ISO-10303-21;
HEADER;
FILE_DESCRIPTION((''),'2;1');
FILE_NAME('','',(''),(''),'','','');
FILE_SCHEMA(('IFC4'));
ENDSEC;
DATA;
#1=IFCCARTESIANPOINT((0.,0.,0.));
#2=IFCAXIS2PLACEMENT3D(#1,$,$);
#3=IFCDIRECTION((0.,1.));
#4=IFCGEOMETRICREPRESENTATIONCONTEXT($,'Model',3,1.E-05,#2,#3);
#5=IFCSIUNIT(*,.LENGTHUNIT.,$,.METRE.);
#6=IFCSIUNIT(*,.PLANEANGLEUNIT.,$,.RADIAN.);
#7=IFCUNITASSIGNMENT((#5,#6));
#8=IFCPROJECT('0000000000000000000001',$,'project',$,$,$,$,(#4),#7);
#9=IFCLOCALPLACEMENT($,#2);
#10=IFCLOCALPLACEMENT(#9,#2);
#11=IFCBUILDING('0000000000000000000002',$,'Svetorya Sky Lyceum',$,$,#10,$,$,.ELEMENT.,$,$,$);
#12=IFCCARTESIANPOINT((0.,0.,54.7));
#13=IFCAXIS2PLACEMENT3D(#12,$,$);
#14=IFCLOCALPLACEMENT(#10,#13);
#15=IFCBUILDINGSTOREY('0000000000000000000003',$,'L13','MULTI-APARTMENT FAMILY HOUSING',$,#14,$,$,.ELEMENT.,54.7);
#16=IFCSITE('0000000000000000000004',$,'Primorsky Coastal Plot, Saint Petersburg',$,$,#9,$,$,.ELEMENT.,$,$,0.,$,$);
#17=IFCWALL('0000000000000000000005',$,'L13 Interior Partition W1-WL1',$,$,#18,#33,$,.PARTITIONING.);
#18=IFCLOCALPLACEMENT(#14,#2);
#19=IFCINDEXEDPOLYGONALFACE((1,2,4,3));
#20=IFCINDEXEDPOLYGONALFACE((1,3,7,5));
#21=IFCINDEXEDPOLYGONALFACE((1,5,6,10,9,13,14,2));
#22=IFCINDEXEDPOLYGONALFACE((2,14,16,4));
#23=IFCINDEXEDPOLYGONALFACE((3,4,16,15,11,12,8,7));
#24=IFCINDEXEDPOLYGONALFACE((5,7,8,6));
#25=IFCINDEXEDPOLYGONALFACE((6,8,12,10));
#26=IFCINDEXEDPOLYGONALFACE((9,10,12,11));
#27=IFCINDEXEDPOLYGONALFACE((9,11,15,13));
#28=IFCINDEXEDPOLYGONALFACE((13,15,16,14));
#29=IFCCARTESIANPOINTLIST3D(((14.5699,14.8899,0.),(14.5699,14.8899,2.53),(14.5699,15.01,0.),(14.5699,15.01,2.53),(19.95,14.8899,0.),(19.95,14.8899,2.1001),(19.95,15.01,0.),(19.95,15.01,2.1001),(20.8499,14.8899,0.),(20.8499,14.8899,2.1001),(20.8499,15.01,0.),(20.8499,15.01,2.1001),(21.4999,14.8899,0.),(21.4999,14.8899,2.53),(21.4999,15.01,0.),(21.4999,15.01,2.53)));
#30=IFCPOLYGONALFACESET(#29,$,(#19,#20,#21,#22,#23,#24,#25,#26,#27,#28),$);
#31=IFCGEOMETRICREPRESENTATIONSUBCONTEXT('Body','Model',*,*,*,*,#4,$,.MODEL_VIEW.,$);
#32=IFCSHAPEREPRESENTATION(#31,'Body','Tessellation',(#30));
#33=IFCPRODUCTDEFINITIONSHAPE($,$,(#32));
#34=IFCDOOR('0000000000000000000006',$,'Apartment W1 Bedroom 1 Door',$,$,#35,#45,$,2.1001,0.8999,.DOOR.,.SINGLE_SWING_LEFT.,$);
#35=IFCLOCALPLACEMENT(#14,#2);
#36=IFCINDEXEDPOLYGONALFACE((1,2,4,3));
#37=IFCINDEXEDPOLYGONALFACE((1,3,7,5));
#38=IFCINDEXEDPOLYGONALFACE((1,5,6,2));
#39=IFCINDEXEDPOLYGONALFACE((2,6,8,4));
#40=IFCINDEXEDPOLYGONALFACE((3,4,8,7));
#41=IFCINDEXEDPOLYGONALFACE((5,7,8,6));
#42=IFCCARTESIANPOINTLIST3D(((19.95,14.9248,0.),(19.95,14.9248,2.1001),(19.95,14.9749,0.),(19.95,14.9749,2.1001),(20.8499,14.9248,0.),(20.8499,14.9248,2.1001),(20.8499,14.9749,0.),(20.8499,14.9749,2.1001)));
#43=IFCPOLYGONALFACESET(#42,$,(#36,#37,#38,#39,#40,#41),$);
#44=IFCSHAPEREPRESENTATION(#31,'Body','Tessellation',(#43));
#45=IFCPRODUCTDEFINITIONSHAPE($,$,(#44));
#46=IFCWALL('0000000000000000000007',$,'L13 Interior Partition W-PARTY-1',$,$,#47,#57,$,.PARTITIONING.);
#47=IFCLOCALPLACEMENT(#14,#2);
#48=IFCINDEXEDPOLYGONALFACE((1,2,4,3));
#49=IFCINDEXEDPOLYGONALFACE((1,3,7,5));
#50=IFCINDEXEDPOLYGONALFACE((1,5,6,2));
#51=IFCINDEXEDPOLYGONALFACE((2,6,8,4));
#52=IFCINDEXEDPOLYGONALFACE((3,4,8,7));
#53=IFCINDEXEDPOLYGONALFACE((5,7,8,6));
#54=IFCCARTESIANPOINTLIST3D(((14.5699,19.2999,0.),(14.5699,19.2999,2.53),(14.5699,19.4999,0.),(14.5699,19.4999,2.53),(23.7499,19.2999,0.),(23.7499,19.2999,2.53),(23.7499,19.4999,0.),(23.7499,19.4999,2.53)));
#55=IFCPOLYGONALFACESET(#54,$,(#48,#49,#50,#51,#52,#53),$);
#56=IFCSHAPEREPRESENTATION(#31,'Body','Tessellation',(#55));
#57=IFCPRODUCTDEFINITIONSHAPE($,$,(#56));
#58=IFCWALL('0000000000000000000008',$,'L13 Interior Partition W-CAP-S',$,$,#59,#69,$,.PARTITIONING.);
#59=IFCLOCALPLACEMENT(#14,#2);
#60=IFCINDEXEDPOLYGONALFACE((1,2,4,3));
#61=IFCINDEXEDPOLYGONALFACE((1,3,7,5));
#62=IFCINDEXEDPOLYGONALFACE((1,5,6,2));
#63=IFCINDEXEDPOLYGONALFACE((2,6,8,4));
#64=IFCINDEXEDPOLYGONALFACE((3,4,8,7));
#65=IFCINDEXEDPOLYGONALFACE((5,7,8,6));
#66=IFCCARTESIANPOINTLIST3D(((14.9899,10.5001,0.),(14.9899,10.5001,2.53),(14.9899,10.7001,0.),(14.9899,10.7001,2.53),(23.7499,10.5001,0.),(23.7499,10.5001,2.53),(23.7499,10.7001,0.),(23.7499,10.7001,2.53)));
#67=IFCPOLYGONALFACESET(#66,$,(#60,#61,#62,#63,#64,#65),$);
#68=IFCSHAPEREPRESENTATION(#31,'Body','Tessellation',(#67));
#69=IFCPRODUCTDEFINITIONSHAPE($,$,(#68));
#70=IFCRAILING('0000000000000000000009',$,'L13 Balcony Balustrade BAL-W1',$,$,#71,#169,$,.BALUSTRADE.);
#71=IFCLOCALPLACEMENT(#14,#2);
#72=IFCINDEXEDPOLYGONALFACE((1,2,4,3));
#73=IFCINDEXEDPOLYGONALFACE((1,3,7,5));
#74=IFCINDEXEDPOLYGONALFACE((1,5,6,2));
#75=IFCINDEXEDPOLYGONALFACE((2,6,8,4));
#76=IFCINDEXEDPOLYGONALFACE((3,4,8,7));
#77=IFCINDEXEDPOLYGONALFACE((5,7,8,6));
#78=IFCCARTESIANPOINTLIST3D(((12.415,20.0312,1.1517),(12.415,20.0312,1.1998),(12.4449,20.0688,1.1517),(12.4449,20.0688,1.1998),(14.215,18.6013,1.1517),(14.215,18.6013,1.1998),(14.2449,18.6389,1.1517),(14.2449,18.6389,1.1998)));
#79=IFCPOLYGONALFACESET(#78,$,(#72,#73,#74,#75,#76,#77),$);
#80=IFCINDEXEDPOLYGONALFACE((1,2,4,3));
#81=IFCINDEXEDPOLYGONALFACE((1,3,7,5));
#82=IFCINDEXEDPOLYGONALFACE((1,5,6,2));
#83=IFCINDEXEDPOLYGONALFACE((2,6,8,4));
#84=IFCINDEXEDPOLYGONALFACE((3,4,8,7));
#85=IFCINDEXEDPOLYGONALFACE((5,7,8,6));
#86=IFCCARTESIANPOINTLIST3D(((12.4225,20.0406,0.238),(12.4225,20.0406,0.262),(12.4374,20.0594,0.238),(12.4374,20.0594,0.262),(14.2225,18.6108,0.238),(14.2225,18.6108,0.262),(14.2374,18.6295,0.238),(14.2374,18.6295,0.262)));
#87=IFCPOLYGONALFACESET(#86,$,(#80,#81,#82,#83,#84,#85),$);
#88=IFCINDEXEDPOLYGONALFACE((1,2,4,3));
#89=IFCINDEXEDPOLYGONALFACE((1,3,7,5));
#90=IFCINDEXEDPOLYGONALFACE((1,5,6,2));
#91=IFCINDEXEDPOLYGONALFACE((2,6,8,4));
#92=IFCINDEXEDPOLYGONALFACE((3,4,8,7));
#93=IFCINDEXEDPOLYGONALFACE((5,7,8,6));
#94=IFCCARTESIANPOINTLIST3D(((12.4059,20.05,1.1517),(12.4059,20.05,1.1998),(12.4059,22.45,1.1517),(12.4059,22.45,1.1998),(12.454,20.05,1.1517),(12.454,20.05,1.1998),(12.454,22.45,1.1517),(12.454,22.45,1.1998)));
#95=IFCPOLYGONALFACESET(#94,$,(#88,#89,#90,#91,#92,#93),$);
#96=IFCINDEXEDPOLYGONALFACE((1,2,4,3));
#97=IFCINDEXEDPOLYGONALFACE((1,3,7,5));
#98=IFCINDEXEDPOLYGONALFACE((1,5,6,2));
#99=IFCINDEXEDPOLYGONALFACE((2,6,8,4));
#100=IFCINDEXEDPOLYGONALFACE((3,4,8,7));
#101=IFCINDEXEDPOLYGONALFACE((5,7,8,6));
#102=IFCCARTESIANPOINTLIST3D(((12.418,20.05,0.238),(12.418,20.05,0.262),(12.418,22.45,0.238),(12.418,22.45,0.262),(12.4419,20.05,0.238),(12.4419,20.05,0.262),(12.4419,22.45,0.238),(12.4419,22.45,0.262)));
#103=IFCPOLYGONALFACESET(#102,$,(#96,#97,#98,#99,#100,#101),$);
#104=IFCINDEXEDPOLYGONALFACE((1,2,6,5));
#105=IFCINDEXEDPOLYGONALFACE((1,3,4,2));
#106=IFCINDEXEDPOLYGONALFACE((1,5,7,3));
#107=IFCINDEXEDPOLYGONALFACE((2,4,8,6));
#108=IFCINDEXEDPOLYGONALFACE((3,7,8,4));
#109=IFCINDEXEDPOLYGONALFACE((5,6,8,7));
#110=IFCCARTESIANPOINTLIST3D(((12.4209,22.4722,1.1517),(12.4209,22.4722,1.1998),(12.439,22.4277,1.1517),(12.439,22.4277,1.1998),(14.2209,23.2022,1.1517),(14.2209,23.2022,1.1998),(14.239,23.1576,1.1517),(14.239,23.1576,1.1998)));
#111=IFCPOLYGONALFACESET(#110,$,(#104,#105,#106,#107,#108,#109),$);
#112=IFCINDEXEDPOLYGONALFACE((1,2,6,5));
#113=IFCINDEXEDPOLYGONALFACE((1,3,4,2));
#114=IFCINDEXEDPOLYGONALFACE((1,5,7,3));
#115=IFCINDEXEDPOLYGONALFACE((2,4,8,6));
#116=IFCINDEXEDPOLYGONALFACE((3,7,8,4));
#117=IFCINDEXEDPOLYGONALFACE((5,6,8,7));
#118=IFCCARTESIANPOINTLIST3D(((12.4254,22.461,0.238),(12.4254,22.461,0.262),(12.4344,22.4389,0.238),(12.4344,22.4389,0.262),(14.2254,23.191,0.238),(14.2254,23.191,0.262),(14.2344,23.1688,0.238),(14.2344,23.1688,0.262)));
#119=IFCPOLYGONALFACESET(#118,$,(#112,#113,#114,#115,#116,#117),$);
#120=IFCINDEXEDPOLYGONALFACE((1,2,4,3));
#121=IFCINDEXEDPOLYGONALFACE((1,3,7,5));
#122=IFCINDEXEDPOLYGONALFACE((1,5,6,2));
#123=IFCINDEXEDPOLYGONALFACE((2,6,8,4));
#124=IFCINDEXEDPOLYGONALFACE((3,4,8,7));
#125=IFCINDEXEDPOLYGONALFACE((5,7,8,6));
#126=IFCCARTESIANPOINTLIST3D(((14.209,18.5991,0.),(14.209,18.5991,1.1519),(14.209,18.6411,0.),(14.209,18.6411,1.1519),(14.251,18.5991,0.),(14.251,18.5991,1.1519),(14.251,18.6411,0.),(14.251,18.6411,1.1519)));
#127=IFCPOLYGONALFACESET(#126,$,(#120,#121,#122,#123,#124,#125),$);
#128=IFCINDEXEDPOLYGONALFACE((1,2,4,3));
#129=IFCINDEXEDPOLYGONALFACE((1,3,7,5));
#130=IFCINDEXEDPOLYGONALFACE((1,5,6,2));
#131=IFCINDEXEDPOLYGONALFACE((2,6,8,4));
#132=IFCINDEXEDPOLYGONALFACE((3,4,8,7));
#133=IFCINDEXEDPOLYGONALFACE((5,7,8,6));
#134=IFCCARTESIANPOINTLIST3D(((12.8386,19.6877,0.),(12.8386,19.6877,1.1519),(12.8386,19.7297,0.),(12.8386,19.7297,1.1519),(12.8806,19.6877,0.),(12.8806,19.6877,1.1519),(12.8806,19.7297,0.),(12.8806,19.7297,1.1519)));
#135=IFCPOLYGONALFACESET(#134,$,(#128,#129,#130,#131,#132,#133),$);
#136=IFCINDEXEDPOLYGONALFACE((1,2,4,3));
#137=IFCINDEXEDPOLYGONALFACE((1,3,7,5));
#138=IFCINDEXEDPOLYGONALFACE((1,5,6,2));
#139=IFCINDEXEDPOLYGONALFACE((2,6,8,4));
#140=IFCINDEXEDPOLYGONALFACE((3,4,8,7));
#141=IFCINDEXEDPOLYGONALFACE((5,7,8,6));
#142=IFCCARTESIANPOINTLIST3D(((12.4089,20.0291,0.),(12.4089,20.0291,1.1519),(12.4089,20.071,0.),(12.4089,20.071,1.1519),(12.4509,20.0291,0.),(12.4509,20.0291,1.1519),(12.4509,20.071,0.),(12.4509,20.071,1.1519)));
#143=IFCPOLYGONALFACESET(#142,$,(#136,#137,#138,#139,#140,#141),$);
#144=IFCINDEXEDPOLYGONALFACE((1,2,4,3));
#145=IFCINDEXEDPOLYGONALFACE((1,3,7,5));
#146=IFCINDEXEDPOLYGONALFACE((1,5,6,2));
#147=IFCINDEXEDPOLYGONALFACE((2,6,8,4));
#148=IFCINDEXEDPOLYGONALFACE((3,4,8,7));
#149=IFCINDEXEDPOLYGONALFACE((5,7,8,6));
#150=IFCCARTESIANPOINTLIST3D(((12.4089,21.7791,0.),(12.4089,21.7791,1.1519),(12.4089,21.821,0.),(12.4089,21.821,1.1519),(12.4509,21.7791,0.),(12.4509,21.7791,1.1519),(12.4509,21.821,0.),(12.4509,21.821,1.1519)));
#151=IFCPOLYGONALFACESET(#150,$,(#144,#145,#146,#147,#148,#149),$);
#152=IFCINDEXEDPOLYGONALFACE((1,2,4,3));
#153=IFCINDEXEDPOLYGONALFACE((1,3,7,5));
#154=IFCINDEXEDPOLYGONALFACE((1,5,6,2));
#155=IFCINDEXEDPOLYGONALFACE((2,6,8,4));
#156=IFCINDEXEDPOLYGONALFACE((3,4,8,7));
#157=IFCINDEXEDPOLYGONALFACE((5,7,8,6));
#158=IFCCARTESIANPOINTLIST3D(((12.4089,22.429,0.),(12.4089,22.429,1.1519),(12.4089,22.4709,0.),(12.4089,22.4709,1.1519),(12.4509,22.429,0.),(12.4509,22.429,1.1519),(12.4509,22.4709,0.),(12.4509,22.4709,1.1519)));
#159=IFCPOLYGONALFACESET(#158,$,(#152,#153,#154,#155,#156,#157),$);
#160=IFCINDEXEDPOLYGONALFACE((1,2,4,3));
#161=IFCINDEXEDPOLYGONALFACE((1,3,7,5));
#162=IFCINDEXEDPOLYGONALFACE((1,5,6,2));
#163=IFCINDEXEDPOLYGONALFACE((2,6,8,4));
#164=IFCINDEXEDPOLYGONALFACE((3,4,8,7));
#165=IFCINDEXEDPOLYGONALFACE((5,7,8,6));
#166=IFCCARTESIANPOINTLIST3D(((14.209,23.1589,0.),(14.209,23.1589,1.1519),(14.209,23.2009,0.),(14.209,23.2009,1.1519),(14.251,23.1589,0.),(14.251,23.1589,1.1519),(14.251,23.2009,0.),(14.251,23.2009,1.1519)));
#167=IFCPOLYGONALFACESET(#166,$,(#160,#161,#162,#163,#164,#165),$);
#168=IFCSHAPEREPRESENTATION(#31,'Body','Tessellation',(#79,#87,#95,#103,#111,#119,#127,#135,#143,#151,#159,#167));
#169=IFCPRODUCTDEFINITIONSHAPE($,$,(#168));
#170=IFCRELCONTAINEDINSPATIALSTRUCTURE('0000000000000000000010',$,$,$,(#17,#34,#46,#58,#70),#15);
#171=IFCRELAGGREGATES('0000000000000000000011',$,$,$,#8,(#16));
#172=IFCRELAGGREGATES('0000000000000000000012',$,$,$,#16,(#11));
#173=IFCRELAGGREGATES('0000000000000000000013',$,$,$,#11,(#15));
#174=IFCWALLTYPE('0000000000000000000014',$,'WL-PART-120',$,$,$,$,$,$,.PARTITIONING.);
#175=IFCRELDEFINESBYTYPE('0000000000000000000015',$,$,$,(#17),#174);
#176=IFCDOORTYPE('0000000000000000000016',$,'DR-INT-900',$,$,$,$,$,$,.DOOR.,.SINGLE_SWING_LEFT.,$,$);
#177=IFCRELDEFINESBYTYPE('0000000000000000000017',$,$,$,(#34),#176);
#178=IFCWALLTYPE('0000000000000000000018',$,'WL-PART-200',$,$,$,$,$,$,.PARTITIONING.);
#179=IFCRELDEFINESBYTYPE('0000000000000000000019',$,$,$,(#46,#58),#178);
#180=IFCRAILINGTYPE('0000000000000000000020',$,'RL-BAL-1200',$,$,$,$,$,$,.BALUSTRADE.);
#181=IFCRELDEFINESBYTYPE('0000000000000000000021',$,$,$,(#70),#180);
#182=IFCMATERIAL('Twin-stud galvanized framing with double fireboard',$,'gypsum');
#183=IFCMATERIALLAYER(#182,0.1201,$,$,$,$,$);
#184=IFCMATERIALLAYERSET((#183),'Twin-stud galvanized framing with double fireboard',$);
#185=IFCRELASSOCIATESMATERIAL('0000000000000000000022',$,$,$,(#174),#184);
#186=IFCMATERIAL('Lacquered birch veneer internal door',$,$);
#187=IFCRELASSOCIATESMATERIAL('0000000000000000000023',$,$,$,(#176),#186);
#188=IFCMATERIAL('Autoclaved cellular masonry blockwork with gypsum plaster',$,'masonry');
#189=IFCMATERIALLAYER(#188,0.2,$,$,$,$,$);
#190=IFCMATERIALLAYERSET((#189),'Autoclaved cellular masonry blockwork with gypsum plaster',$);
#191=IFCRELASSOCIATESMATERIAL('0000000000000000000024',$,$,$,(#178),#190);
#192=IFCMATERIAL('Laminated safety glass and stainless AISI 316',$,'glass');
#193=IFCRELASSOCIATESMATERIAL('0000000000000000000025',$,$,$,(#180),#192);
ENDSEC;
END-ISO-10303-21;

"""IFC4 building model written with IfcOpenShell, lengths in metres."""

from ifc_helpers import new_model, si_unit, direction, frame, frame_2d, origin, origin_2d, place, context, subcontext, project, spatial, rectangle, extrude, material, layer, layer_set, type_object, element, fill, save


model = new_model("IFC4")

# Units and contexts
model_context = context("Model", 3, precision=1e-05, world=origin(), true_north=direction((0.0, 1.0)))
body_context = subcontext(model_context, "Body", "Model", "MODEL_VIEW")
ifc_project = project(units=[si_unit("LENGTHUNIT", "METRE"), si_unit("PLANEANGLEUNIT", "RADIAN")], contexts=[model_context])

# Site, building, storey
site_placement = place(None, origin())
site = spatial("IfcSite", under=ifc_project, at=site_placement, Name="Primorsky Coastal Plot, Saint Petersburg", CompositionType="ELEMENT", RefElevation=0.0)
building_placement = place(site_placement, origin())
building = spatial("IfcBuilding", under=site, at=building_placement, Name="Svetorya Sky Lyceum", CompositionType="ELEMENT")
storey_placement = place(building_placement, frame((0.0, 0.0, 54.7)))
storey = spatial("IfcBuildingStorey", under=building, at=storey_placement, Name="L13", Description="MULTI-APARTMENT FAMILY HOUSING", CompositionType="ELEMENT", Elevation=54.7)

# Wall, opening, door
ifc_material_1 = material(Name="Twin-stud galvanized framing with double fireboard", Category="gypsum")
ifc_layer_1 = layer(ifc_material_1, 0.1201)
ifc_layer_set_1 = layer_set([ifc_layer_1], Name="Twin-stud galvanized framing with double fireboard")
wall_type_1 = type_object("IfcWallType", Name="WL-PART-120", PredefinedType="PARTITIONING", material=ifc_layer_set_1)
wall_1_placement = place(storey_placement, frame((14.5701, 14.95, 0.0), z_axis=(0.0, 0.0, 1.0), x_axis=(1.0, 0.0, 0.0)))
wall_1 = element("IfcWall", 1, at=wall_1_placement, inside=storey, type_object=wall_type_1, Name="L13 Interior Partition W1-WL1", PredefinedType="PARTITIONING", context=body_context, shape_type="SweptSolid", body=[
    extrude(rectangle(XDim=6.9299, YDim=0.1201, at=frame_2d((3.4648, 0.0))), origin(), (0.0, 0.0, 1.0), 2.53),
])
opening_placement = place(wall_1_placement, frame((5.3799, 0.0, 0.0)))
opening = element("IfcOpeningElement", 2, at=opening_placement, cuts=wall_1, PredefinedType="OPENING", context=body_context, shape_type="SweptSolid", body=[
    extrude(rectangle(XDim=0.8999, YDim=2.1001, at=frame_2d((0.45, 1.05))), frame((0.0, 0.0701, 0.0), z_axis=(0.0, -1.0, 0.0), x_axis=(1.0, 0.0, 0.0)), (0.0, 0.0, 1.0), 0.1401),
])
ifc_material_2 = material(Name="Lacquered birch veneer internal door")
door_type = type_object("IfcDoorType", Name="DR-INT-900", OperationType="SINGLE_SWING_LEFT", PredefinedType="DOOR", material=ifc_material_2)
door_placement = place(opening_placement, origin())
door = element("IfcDoor", 3, at=door_placement, inside=storey, type_object=door_type, Name="Apartment W1 Bedroom 1 Door", OperationType="SINGLE_SWING_LEFT", OverallHeight=2.1001, OverallWidth=0.8999, PredefinedType="DOOR", context=body_context, shape_type="SweptSolid", body=[
    extrude(rectangle(XDim=0.8999, YDim=2.1001, at=frame_2d((0.45, 1.05))), frame((0.0, 0.0249, 0.0), z_axis=(0.0, -1.0, 0.0), x_axis=(1.0, 0.0, 0.0)), (0.0, 0.0, 1.0), 0.05),
])
fill(opening, door)

# Walls
ifc_material_3 = material(Name="Autoclaved cellular masonry blockwork with gypsum plaster", Category="masonry")
ifc_layer_2 = layer(ifc_material_3, 0.2)
ifc_layer_set_2 = layer_set([ifc_layer_2], Name="Autoclaved cellular masonry blockwork with gypsum plaster")
wall_type_2 = type_object("IfcWallType", Name="WL-PART-200", PredefinedType="PARTITIONING", material=ifc_layer_set_2)
wall_2_placement = place(storey_placement, frame((14.5701, 19.3999, 0.0), z_axis=(0.0, 0.0, 1.0), x_axis=(1.0, 0.0, 0.0)))
element("IfcWall", 4, at=wall_2_placement, inside=storey, type_object=wall_type_2, Name="L13 Interior Partition W-PARTY-1", PredefinedType="PARTITIONING", context=body_context, shape_type="SweptSolid", body=[
    extrude(rectangle(XDim=9.1799, YDim=0.2, at=frame_2d((4.5898, 0.0))), origin(), (0.0, 0.0, 1.0), 2.53),
])
wall_3_placement = place(storey_placement, frame((14.99, 10.6001, 0.0), z_axis=(0.0, 0.0, 1.0), x_axis=(1.0, 0.0, 0.0)))
element("IfcWall", 5, at=wall_3_placement, inside=storey, type_object=wall_type_2, Name="L13 Interior Partition W-CAP-S", PredefinedType="PARTITIONING", context=body_context, shape_type="SweptSolid", body=[
    extrude(rectangle(XDim=8.76, YDim=0.2, at=frame_2d((4.3799, 0.0))), origin(), (0.0, 0.0, 1.0), 2.53),
])

# Railing
ifc_material_4 = material(Name="Laminated safety glass and stainless AISI 316", Category="glass")
railing_type = type_object("IfcRailingType", Name="RL-BAL-1200", PredefinedType="BALUSTRADE", material=ifc_material_4)
railing_placement = place(storey_placement, frame((14.23, 18.6201, 0.0)))
element("IfcRailing", 6, at=railing_placement, inside=storey, type_object=railing_type, Name="L13 Balcony Balustrade BAL-W1", PredefinedType="BALUSTRADE", context=body_context, shape_type="SweptSolid", body=[
    extrude(rectangle(XDim=0.0481, YDim=0.0481, at=origin_2d()), frame((0.0, 0.0, 1.1758), z_axis=(-0.783009, 0.62201, 0.0), x_axis=(-0.62201, -0.783009, 0.0)), (0.0, 0.0, 1.0), 2.2988),
    extrude(rectangle(XDim=0.0239, YDim=0.0239, at=origin_2d()), frame((0.0, 0.0, 0.25), z_axis=(-0.783009, 0.62201, 0.0), x_axis=(-0.62201, -0.783009, 0.0)), (0.0, 0.0, 1.0), 2.2988),
    extrude(rectangle(XDim=0.0481, YDim=0.0481, at=origin_2d()), frame((-1.8, 1.4299, 1.1758), z_axis=(0.0, 1.0, 0.0), x_axis=(-1.0, 0.0, 0.0)), (0.0, 0.0, 1.0), 2.3999),
    extrude(rectangle(XDim=0.0239, YDim=0.0239, at=origin_2d()), frame((-1.8, 1.4299, 0.25), z_axis=(0.0, 1.0, 0.0), x_axis=(-1.0, 0.0, 0.0)), (0.0, 0.0, 1.0), 2.3999),
    extrude(rectangle(XDim=0.0481, YDim=0.0481, at=origin_2d()), frame((-1.8, 3.8298, 1.1758), z_axis=(0.926698, 0.375807, 0.0), x_axis=(-0.375807, 0.926698, 0.0)), (0.0, 0.0, 1.0), 1.9424),
    extrude(rectangle(XDim=0.0239, YDim=0.0239, at=origin_2d()), frame((-1.8, 3.8298, 0.25), z_axis=(0.926698, 0.375807, 0.0), x_axis=(-0.375807, 0.926698, 0.0)), (0.0, 0.0, 1.0), 1.9424),
    extrude(rectangle(XDim=0.042, YDim=0.042, at=origin_2d()), origin(), (0.0, 0.0, 1.0), 1.1519),
    extrude(rectangle(XDim=0.042, YDim=0.042, at=origin_2d()), frame((-1.3704, 1.0886, 0.0)), (0.0, 0.0, 1.0), 1.1519),
    extrude(rectangle(XDim=0.042, YDim=0.042, at=origin_2d()), frame((-1.8, 1.4299, 0.0)), (0.0, 0.0, 1.0), 1.1519),
    extrude(rectangle(XDim=0.042, YDim=0.042, at=origin_2d()), frame((-1.8, 3.1799, 0.0)), (0.0, 0.0, 1.0), 1.1519),
    extrude(rectangle(XDim=0.042, YDim=0.042, at=origin_2d()), frame((-1.8, 3.8298, 0.0)), (0.0, 0.0, 1.0), 1.1519),
    extrude(rectangle(XDim=0.042, YDim=0.042, at=origin_2d()), frame((0.0, 4.5598, 0.0)), (0.0, 0.0, 1.0), 1.1519),
])

save(model, "model.ifc")
